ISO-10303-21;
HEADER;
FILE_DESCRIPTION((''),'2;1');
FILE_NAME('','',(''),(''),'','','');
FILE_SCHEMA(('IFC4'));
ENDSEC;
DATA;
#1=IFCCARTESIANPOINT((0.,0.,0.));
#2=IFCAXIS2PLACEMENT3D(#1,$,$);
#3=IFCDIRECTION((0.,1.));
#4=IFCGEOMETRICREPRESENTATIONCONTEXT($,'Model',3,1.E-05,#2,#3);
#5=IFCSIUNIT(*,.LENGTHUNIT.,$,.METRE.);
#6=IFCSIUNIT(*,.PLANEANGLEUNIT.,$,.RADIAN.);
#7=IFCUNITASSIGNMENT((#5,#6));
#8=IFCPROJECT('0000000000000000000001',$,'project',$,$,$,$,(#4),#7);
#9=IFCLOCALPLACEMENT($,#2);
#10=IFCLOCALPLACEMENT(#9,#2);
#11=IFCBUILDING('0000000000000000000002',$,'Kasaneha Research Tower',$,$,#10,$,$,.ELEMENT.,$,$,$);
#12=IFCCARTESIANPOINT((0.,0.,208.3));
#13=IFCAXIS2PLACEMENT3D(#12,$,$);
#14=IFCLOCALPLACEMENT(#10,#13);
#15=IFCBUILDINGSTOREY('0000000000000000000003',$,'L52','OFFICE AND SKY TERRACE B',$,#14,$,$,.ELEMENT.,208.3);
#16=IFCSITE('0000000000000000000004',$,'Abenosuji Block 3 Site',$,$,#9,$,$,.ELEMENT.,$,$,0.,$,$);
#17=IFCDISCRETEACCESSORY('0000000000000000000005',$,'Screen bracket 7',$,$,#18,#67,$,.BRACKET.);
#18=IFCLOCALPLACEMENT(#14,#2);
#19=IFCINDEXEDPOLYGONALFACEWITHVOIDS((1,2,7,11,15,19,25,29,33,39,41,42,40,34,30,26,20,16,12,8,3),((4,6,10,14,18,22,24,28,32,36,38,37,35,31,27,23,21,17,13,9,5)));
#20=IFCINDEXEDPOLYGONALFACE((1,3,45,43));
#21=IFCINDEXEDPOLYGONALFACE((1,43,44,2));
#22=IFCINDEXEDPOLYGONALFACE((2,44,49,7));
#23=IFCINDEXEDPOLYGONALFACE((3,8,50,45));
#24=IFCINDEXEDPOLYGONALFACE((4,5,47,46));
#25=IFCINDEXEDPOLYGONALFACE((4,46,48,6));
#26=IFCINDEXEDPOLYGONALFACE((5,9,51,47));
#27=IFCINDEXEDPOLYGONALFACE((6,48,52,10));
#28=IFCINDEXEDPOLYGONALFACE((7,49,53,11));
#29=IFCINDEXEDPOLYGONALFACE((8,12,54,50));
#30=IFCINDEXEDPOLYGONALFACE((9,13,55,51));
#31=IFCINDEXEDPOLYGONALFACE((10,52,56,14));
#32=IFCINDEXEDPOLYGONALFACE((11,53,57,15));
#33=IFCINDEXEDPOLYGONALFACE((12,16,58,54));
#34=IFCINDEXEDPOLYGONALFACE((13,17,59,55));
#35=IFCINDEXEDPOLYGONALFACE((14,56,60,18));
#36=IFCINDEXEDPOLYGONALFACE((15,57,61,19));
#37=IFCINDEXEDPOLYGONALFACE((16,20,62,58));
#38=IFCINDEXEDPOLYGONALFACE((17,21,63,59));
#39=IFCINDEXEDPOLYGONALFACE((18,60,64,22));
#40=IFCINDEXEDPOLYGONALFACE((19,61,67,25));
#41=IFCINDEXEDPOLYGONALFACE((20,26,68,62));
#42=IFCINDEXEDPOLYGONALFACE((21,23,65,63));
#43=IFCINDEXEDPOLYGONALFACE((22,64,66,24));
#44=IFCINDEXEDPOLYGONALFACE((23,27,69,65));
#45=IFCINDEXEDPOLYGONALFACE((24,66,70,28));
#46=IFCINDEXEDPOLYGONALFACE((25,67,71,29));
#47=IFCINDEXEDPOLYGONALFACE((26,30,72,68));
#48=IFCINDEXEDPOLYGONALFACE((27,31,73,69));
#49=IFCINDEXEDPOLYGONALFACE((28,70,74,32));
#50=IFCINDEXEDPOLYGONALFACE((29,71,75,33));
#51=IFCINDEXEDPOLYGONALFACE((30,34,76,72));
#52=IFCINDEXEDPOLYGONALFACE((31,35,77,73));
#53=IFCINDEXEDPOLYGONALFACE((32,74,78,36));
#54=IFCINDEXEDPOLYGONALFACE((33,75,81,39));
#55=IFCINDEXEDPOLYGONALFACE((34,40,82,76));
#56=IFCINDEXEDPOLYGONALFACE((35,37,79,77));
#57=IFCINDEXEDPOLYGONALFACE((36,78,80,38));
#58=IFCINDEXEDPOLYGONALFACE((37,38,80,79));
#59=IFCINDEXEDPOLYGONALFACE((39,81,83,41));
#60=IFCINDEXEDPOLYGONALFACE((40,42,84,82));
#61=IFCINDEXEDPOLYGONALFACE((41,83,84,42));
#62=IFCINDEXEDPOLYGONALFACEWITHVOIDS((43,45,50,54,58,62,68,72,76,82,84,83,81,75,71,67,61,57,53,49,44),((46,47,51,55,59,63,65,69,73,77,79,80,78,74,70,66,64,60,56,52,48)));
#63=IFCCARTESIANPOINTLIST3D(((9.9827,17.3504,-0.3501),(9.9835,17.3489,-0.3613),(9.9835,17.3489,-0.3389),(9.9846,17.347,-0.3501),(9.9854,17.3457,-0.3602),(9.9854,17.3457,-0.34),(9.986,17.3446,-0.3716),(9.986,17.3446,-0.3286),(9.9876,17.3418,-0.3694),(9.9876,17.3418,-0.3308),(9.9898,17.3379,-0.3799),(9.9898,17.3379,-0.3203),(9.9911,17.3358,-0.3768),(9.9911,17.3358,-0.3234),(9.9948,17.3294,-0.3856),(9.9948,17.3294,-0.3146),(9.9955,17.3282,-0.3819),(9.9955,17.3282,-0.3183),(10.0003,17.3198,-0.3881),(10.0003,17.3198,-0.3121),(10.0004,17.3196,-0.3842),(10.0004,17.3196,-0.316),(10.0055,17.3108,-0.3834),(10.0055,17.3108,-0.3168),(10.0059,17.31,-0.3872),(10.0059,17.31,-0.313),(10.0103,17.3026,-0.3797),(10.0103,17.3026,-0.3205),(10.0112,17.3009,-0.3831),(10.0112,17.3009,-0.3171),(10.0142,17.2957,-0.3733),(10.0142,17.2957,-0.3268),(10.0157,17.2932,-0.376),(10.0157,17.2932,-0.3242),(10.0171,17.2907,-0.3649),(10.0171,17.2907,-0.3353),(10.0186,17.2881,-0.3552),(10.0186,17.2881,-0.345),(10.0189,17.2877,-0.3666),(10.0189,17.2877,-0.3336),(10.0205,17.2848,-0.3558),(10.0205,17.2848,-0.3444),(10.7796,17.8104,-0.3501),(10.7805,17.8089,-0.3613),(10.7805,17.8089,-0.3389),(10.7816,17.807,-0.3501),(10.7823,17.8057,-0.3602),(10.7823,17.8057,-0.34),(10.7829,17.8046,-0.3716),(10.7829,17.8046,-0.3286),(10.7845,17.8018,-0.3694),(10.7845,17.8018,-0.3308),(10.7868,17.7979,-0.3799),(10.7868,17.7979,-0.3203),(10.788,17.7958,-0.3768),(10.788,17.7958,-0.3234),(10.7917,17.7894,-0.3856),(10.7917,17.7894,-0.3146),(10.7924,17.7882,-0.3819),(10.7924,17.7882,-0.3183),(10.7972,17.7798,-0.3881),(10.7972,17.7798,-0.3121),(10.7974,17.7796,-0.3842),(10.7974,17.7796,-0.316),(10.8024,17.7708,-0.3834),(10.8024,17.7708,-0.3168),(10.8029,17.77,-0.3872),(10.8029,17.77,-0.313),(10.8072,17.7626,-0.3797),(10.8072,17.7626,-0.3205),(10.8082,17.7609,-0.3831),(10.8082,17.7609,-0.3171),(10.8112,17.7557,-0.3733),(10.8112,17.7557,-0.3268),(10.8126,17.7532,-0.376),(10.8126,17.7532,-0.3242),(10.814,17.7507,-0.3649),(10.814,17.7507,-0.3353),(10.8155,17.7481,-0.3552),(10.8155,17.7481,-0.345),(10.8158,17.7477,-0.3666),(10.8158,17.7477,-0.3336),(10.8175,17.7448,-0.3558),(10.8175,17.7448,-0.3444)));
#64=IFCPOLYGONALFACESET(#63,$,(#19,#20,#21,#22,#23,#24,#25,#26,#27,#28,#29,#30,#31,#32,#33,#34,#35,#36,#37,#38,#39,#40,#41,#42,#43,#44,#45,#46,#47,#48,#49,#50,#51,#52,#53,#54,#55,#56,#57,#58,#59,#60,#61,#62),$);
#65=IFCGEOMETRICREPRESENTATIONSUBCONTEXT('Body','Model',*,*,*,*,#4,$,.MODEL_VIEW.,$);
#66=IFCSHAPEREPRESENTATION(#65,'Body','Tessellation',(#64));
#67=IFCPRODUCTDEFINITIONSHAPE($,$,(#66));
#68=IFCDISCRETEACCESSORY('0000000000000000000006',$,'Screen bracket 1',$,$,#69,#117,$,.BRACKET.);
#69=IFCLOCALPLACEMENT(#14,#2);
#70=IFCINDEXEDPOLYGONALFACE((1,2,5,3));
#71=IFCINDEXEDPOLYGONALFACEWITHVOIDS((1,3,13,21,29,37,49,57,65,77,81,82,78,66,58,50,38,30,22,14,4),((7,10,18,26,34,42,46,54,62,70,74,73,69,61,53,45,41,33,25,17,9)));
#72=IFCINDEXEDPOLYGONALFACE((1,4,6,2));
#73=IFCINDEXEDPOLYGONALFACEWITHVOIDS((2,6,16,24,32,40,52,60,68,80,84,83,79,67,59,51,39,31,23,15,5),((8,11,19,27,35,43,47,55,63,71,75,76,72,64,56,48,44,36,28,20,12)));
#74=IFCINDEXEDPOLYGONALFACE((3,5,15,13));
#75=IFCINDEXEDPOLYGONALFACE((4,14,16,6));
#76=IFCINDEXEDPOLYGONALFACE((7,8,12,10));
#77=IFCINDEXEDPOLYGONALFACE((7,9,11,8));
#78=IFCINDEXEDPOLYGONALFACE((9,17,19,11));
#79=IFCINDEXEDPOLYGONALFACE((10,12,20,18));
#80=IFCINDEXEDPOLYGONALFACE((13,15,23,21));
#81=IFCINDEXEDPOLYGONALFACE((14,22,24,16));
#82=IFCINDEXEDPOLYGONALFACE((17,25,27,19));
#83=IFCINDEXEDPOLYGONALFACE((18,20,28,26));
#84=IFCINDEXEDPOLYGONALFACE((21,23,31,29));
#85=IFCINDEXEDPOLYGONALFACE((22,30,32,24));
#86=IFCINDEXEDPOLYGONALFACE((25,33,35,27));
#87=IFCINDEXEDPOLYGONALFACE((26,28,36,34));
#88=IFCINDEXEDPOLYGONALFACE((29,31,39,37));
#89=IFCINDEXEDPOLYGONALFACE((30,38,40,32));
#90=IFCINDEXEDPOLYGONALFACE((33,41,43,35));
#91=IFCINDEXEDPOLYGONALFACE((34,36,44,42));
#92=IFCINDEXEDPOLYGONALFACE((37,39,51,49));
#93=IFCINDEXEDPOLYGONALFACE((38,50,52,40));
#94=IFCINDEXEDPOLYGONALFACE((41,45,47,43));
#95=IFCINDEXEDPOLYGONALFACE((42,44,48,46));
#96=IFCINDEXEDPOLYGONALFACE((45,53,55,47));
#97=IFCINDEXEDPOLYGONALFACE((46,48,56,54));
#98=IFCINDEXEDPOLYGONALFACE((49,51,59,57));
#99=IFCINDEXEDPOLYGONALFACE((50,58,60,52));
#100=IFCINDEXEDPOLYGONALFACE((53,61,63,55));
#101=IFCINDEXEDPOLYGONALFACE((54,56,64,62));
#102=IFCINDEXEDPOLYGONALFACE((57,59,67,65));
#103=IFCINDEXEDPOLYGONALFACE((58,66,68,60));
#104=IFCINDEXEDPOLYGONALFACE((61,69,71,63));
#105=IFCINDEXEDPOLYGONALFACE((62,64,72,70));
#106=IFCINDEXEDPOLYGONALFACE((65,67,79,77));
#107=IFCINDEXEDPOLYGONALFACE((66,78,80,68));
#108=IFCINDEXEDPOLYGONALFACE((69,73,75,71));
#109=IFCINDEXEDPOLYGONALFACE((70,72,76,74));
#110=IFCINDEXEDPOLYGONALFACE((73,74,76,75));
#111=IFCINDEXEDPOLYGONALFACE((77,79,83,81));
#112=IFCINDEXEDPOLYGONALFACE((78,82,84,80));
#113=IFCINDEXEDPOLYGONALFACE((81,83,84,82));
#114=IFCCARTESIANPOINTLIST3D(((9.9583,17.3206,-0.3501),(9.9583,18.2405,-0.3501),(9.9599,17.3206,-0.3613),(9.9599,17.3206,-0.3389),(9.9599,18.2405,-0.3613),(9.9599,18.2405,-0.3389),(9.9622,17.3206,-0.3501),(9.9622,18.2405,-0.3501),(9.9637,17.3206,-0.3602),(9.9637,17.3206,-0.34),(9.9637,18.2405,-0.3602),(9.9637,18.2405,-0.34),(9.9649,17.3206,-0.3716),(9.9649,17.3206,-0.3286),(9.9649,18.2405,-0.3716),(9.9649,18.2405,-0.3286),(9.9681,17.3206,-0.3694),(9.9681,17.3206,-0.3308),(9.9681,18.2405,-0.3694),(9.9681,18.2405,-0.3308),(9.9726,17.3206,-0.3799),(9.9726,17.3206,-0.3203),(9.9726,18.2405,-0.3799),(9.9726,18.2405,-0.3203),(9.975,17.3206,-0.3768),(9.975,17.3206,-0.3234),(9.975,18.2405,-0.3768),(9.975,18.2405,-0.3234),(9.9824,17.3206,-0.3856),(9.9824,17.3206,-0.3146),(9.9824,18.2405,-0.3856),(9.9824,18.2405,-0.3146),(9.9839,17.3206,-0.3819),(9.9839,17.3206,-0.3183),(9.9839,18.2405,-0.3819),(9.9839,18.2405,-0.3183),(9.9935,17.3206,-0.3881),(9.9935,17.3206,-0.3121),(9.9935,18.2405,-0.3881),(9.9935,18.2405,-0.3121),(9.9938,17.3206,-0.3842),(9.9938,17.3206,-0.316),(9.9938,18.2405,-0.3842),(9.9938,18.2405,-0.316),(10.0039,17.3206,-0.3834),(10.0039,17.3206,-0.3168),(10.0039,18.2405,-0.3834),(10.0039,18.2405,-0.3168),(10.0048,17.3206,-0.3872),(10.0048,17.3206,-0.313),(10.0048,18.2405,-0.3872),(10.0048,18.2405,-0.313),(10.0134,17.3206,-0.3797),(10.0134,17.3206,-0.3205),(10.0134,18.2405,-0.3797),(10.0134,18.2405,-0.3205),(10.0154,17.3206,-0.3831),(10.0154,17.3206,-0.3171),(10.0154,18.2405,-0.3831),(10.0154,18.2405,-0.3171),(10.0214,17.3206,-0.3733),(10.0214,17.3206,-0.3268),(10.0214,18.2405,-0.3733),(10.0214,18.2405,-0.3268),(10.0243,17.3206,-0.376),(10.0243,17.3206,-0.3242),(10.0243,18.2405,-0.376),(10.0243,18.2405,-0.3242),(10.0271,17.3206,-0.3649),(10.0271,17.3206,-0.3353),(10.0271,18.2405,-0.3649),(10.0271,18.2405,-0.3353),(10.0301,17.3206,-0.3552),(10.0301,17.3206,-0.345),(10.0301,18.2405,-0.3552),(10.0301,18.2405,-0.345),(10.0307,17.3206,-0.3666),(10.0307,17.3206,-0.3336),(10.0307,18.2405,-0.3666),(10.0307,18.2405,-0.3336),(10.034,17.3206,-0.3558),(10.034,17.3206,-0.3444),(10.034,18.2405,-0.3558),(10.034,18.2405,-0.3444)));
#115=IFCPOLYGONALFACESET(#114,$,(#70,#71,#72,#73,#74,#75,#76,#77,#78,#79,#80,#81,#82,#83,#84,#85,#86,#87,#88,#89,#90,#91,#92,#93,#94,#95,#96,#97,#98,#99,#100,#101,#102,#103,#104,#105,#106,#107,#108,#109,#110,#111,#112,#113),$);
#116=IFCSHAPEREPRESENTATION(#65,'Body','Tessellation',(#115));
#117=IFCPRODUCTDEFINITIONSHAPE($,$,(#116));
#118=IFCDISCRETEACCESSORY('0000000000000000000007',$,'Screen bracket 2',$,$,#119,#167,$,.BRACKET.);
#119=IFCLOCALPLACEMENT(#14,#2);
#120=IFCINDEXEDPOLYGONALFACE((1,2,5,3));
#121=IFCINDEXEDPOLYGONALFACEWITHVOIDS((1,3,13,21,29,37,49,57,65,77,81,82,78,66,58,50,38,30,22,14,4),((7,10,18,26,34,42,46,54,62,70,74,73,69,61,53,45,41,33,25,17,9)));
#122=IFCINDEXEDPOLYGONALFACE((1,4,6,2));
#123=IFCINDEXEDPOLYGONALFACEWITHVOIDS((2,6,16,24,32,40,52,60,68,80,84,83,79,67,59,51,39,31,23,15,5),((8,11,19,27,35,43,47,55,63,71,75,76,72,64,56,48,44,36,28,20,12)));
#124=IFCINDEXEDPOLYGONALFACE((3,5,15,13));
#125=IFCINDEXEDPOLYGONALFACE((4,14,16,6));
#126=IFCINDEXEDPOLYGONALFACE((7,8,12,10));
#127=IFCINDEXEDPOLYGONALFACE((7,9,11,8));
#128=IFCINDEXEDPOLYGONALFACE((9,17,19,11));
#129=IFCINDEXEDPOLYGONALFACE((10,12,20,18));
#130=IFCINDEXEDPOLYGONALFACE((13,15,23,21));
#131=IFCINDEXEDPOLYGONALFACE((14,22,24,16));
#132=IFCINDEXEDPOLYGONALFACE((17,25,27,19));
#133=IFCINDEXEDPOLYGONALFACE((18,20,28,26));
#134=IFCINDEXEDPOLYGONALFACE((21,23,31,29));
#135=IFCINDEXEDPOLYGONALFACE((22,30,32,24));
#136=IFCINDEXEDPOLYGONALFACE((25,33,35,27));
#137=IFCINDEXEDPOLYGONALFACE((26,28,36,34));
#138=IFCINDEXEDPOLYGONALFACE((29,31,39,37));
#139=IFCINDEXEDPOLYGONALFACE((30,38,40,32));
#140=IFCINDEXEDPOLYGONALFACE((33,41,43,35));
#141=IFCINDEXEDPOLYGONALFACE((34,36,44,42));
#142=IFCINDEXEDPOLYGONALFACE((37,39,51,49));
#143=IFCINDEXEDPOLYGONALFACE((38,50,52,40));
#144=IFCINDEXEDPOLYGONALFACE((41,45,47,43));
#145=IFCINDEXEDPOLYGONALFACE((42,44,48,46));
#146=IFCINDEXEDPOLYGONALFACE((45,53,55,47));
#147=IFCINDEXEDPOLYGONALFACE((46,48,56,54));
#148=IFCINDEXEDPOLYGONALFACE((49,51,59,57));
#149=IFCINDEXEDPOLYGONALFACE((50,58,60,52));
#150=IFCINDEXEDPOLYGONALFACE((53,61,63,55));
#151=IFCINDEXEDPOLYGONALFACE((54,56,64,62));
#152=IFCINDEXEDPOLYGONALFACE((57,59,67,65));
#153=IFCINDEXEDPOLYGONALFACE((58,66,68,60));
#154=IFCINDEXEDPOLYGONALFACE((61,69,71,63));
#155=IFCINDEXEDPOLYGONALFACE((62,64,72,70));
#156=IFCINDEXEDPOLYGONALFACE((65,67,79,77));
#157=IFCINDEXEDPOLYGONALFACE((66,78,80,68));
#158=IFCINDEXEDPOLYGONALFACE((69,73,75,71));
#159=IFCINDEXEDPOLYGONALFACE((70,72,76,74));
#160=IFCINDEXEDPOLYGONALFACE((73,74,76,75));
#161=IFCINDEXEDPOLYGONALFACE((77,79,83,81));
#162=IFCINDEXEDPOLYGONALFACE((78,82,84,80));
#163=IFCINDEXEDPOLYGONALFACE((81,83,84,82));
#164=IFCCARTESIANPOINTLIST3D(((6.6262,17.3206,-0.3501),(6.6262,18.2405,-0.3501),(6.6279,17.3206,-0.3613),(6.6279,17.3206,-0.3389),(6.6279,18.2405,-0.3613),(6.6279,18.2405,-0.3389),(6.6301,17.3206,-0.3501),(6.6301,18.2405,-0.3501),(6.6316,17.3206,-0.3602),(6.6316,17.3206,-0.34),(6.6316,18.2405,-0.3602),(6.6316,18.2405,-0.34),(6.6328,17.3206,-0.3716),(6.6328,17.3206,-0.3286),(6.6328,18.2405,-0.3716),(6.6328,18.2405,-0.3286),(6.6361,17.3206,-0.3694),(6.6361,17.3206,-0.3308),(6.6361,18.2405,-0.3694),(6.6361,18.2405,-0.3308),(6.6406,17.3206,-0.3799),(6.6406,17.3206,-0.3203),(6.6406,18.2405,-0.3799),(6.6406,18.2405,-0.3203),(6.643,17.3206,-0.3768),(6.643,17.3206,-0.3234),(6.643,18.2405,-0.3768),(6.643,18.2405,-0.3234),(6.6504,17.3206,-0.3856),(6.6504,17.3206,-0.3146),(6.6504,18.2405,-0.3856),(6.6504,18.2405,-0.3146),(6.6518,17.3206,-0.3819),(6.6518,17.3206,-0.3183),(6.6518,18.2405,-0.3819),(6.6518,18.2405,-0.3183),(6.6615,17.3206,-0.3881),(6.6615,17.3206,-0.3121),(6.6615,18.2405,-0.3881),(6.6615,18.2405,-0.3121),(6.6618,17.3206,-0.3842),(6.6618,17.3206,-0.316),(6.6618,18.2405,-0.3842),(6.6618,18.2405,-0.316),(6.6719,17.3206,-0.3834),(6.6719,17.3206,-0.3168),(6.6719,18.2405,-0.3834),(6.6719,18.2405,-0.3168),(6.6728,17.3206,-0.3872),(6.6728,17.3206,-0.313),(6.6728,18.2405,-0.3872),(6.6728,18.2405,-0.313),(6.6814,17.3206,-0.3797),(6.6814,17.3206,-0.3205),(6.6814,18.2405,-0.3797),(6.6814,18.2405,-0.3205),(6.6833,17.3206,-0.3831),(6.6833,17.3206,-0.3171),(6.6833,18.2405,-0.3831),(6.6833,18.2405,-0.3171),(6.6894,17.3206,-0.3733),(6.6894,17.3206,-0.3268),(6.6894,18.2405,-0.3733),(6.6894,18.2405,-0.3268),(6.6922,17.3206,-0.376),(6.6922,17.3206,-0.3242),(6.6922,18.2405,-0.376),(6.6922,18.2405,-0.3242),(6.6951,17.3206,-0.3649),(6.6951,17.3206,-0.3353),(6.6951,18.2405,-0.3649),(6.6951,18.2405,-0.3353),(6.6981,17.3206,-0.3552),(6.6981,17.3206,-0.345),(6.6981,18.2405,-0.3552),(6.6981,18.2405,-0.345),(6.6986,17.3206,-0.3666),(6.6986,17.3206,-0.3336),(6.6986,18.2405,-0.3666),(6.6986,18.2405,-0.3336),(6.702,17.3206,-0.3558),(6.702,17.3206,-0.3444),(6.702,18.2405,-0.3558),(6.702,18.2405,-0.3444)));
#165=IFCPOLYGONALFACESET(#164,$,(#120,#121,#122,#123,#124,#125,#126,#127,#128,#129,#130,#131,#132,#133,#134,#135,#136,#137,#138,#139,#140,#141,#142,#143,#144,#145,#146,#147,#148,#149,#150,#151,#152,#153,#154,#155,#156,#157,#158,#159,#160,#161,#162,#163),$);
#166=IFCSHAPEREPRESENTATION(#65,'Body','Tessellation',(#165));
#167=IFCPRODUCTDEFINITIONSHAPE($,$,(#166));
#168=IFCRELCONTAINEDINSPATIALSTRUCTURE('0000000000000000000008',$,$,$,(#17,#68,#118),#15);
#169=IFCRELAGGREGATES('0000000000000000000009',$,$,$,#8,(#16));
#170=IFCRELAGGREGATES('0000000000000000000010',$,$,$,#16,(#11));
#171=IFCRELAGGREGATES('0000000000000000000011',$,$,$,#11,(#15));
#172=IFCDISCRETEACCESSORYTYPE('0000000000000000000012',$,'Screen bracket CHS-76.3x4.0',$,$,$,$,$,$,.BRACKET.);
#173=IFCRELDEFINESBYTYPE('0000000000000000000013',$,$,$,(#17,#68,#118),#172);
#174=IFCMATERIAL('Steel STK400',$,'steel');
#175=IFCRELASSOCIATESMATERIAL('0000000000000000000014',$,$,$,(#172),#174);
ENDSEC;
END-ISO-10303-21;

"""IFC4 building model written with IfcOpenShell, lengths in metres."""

from ifc_helpers import new_model, si_unit, direction, frame, origin, origin_2d, place, context, subcontext, project, spatial, hollow_circle, extrude, material, material_profile, profile_set, type_object, element, save


model = new_model("IFC4")

# Units and contexts
model_context = context("Model", 3, precision=1e-05, world=origin(), true_north=direction((0.0, 1.0)))
body_context = subcontext(model_context, "Body", "Model", "MODEL_VIEW")
ifc_project = project(units=[si_unit("LENGTHUNIT", "METRE"), si_unit("PLANEANGLEUNIT", "RADIAN")], contexts=[model_context])

# Site, building, storey
site_placement = place(None, origin())
site = spatial("IfcSite", under=ifc_project, at=site_placement, Name="Abenosuji Block 3 Site", CompositionType="ELEMENT", RefElevation=0.0)
building_placement = place(site_placement, origin())
building = spatial("IfcBuilding", under=site, at=building_placement, Name="Kasaneha Research Tower", CompositionType="ELEMENT")
storey_placement = place(building_placement, frame((0.0, 0.0, 208.3)))
storey = spatial("IfcBuildingStorey", under=building, at=storey_placement, Name="L52", Description="OFFICE AND SKY TERRACE B", CompositionType="ELEMENT", Elevation=208.3)

# Discrete accessories
ifc_material_1 = material(Name="Steel STK400", Category="steel")
ifc_material_profile_1 = material_profile(ifc_material_1, hollow_circle(Radius=0.0381, WallThickness=0.0039, at=origin_2d()), Name="CHS-76.3x4.0")
ifc_profile_set_1 = profile_set([ifc_material_profile_1], Name="Steel STK400")
discrete_accessory_type = type_object("IfcDiscreteAccessoryType", Name="Screen bracket CHS-76.3x4.0", PredefinedType="BRACKET", material=ifc_profile_set_1)
for number, where, z_axis, x_axis, name in (
    (1, (10.0017, 17.3174, -0.3501), (0.86608, 0.499906, 0.0), (-0.499906, 0.86608, 0.0), "Screen bracket 7"),
):
    element("IfcDiscreteAccessory", number, at=place(storey_placement, frame(where, z_axis=z_axis, x_axis=x_axis)), inside=storey, type_object=discrete_accessory_type, Name=name, PredefinedType="BRACKET", context=body_context, shape_type="SweptSolid", body=[
        extrude(hollow_circle(Radius=0.0381, WallThickness=0.0039, at=origin_2d()), origin(), (0.0, 0.0, 1.0), 0.9202),
    ])
for number, where, z_axis, x_axis, name in (
    (2, (9.9963, 17.3206, -0.3501), (0.0, 1.0, 0.0), (-1.0, 0.0, 0.0), "Screen bracket 1"),
    (3, (6.6643, 17.3206, -0.3501), (0.0, 1.0, 0.0), (-1.0, 0.0, 0.0), "Screen bracket 2"),
):
    element("IfcDiscreteAccessory", number, at=place(storey_placement, frame(where, z_axis=z_axis, x_axis=x_axis)), inside=storey, type_object=discrete_accessory_type, Name=name, PredefinedType="BRACKET", context=body_context, shape_type="SweptSolid", body=[
        extrude(hollow_circle(Radius=0.0381, WallThickness=0.0039, at=origin_2d()), origin(), (0.0, 0.0, 1.0), 0.9199),
    ])

save(model, "model.ifc")
